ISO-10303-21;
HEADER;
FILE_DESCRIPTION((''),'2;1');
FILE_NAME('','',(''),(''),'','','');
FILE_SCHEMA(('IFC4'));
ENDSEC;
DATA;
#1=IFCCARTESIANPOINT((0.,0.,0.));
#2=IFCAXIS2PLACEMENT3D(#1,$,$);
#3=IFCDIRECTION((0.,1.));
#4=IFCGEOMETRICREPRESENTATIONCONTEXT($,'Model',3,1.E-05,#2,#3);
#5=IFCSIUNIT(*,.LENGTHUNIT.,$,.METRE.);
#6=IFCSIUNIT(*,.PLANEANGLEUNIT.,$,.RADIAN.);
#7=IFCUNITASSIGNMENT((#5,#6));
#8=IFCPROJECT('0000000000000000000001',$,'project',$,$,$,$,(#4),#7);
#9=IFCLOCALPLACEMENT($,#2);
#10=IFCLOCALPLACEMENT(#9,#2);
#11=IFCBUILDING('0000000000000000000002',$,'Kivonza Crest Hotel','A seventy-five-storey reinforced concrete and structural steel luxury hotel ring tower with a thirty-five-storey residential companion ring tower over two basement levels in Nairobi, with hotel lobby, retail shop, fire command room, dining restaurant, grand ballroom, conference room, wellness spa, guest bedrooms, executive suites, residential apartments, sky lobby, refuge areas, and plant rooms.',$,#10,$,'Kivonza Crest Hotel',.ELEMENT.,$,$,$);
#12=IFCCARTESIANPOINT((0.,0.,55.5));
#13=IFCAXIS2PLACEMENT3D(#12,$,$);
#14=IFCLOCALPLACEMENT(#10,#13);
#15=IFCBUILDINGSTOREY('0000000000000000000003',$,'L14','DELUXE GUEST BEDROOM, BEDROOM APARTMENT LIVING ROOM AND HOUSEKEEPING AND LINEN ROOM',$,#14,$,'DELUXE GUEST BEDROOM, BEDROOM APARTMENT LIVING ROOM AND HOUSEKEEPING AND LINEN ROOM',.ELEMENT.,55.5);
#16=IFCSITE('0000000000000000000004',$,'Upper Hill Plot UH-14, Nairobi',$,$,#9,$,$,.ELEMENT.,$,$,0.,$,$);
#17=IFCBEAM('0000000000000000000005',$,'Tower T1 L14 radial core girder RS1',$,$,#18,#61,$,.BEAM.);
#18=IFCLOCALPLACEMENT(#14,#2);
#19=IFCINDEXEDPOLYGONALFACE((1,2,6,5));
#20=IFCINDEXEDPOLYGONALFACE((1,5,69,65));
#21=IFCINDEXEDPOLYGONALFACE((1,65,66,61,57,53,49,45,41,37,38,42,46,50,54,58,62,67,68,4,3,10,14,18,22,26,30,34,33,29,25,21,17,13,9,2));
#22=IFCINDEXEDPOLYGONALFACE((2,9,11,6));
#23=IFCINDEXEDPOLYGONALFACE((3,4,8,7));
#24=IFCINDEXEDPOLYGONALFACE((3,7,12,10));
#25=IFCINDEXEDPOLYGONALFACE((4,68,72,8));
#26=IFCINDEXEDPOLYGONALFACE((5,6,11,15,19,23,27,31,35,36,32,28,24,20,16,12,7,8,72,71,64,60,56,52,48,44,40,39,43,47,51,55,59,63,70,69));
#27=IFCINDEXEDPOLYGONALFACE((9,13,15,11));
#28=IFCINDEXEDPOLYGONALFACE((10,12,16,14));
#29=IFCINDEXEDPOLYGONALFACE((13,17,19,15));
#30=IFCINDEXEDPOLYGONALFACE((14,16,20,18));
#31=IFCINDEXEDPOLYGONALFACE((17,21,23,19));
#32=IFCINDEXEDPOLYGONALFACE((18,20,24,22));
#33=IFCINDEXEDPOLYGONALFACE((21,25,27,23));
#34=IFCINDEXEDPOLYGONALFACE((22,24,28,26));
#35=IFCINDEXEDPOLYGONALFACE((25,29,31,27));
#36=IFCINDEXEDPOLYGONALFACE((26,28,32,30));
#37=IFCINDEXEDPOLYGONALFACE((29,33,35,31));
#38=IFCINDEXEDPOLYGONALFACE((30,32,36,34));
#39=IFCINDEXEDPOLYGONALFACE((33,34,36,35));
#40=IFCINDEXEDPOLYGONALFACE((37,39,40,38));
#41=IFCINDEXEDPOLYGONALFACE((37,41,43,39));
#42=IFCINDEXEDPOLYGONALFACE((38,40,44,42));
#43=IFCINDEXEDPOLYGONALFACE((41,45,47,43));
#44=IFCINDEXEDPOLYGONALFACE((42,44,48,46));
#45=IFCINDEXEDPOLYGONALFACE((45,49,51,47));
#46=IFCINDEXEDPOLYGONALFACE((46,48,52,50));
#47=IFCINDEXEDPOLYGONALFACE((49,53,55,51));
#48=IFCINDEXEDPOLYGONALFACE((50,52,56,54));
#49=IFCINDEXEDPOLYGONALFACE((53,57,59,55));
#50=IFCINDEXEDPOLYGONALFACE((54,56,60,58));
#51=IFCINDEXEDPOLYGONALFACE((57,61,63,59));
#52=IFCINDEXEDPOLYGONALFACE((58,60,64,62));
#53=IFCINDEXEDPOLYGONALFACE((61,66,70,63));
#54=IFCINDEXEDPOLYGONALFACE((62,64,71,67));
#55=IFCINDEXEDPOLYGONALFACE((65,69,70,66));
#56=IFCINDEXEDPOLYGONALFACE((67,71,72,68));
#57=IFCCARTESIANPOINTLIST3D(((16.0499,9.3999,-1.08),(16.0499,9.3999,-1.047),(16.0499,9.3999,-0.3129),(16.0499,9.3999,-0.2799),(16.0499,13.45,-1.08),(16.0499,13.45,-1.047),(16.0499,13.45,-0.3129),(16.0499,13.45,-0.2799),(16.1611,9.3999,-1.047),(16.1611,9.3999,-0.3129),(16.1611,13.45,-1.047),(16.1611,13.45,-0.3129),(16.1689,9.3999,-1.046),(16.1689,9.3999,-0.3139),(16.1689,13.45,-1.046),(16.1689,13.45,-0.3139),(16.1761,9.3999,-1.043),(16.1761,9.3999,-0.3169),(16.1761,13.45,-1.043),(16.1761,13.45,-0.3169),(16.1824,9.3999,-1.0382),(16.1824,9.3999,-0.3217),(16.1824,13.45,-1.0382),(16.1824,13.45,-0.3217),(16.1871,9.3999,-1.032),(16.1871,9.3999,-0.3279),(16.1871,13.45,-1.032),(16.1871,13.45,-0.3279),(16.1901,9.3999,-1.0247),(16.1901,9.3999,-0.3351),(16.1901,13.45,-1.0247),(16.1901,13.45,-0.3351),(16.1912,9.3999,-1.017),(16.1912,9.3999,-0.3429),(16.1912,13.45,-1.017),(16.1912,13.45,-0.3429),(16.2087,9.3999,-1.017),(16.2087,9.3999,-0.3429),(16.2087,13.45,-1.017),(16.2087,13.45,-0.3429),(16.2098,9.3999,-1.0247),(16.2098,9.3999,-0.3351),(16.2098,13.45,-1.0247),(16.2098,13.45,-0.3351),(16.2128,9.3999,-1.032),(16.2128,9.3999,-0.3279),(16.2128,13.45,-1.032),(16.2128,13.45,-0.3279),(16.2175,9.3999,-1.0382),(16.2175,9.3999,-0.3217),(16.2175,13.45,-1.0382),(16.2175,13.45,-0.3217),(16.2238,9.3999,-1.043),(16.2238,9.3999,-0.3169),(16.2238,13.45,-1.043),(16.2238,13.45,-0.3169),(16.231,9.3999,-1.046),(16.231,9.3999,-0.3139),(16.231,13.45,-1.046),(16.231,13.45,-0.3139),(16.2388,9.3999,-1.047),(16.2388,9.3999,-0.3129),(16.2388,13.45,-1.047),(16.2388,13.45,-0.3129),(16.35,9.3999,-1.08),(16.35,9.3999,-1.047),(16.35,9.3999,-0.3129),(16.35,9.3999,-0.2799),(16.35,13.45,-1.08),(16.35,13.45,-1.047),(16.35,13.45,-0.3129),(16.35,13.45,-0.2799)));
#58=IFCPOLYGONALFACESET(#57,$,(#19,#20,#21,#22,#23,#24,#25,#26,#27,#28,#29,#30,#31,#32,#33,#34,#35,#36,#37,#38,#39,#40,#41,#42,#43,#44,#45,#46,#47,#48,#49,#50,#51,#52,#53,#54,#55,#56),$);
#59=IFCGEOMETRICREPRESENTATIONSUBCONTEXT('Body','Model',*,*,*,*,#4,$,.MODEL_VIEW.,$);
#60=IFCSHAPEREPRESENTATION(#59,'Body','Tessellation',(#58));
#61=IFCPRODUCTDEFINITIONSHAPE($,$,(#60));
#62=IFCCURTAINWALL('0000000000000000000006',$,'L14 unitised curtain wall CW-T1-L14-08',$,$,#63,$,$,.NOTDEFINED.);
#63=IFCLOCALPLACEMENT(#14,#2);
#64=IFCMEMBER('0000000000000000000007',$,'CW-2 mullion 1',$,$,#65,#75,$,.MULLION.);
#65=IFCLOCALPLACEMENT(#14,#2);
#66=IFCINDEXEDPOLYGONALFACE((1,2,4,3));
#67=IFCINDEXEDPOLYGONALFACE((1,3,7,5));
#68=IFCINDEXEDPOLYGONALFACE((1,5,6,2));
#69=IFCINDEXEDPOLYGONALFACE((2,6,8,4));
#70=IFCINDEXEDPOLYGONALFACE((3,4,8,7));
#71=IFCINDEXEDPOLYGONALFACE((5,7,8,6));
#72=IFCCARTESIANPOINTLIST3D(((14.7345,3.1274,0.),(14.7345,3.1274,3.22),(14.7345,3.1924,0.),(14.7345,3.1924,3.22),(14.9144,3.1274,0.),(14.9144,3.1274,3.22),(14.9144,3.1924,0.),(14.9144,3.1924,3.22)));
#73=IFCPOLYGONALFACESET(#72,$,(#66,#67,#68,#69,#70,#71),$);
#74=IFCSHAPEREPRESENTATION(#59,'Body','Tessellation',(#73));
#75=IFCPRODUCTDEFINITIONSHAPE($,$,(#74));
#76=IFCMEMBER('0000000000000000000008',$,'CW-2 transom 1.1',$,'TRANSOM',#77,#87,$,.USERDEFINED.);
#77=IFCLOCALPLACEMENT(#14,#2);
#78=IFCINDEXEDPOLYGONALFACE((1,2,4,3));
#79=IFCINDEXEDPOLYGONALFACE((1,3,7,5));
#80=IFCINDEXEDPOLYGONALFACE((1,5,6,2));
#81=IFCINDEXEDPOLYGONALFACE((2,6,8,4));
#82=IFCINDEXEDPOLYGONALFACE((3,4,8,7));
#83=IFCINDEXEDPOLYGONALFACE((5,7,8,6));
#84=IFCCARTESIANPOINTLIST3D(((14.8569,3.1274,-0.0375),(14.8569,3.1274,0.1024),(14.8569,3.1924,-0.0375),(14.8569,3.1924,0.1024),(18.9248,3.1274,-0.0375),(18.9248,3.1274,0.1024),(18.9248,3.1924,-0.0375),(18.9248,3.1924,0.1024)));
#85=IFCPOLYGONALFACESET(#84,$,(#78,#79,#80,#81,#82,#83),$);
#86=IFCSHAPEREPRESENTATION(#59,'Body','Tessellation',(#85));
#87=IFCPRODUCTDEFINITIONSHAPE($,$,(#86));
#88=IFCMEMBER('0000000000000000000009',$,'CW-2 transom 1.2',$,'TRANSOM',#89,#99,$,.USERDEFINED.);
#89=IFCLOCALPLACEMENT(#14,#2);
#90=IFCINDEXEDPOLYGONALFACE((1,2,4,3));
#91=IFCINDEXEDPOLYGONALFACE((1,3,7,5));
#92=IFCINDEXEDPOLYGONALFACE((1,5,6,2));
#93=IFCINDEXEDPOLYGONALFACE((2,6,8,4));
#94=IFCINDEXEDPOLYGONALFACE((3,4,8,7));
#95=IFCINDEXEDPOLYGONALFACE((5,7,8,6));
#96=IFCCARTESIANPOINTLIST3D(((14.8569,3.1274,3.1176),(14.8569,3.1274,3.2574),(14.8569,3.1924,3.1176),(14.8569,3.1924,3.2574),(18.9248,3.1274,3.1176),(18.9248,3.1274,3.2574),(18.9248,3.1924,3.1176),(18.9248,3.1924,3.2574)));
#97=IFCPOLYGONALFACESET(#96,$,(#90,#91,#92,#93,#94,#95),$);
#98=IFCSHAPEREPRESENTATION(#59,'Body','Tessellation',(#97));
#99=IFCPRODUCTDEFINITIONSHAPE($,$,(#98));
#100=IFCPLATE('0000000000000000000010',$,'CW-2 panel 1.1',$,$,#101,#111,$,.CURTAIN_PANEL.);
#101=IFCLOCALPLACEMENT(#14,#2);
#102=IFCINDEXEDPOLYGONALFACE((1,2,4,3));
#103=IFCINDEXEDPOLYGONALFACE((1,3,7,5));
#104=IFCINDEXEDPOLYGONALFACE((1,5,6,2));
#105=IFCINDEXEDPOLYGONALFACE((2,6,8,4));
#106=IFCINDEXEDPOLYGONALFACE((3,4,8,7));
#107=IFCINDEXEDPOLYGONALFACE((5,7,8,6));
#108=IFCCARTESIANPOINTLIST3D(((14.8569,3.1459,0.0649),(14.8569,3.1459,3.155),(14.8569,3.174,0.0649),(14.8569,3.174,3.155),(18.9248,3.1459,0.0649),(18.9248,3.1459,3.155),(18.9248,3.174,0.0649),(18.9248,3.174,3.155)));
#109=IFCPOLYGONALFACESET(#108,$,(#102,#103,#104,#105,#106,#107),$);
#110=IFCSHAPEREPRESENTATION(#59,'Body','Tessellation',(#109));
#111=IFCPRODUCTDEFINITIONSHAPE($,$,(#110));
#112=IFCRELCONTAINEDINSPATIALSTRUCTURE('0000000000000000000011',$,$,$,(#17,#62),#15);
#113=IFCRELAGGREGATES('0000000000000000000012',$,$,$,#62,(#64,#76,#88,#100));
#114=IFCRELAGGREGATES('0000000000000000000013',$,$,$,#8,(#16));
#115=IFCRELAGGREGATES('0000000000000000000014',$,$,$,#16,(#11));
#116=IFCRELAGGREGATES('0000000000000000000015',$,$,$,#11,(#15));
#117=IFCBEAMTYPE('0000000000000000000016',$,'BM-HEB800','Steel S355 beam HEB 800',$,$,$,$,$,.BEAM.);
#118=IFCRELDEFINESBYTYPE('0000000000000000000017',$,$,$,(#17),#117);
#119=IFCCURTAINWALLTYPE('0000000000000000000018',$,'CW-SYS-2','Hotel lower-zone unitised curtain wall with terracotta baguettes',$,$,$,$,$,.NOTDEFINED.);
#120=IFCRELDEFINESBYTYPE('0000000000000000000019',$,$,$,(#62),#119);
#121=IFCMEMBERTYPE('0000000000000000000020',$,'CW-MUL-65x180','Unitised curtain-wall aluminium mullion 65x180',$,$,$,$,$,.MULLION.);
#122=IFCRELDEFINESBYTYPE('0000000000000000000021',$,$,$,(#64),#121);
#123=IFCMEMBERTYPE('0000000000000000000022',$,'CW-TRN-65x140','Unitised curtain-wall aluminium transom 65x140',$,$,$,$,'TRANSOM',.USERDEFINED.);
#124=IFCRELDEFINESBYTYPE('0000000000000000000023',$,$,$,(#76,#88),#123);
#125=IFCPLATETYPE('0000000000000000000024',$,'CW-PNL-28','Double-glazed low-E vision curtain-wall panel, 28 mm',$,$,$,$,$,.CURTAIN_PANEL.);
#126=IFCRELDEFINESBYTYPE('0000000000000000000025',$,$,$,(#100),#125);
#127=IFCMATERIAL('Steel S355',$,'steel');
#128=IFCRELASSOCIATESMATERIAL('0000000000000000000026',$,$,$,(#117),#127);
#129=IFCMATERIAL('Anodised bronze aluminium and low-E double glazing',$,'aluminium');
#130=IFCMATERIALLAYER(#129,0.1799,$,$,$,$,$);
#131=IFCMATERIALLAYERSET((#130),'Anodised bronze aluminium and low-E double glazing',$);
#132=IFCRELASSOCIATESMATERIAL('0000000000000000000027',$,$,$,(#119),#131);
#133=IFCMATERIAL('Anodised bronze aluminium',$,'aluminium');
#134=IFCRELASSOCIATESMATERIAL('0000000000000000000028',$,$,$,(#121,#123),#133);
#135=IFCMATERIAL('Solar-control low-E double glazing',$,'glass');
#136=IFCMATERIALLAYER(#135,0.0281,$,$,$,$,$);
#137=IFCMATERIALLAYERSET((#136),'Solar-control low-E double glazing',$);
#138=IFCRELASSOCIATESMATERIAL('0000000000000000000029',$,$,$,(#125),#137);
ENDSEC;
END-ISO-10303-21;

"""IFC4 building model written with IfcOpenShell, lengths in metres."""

from ifc_helpers import new_model, si_unit, direction, frame, origin, origin_2d, place, context, subcontext, project, spatial, rectangle, i_section, extrude, material, layer, layer_set, material_profile, profile_set, type_object, element, aggregate, save


model = new_model("IFC4")

# Units and contexts
model_context = context("Model", 3, precision=1e-05, world=origin(), true_north=direction((0.0, 1.0)))
body_context = subcontext(model_context, "Body", "Model", "MODEL_VIEW")
ifc_project = project(units=[si_unit("LENGTHUNIT", "METRE"), si_unit("PLANEANGLEUNIT", "RADIAN")], contexts=[model_context])

# Site, building, storey
site_placement = place(None, origin())
site = spatial("IfcSite", under=ifc_project, at=site_placement, Name="Upper Hill Plot UH-14, Nairobi", CompositionType="ELEMENT", RefElevation=0.0)
building_placement = place(site_placement, origin())
building = spatial("IfcBuilding", under=site, at=building_placement, Name="Kivonza Crest Hotel", Description="A seventy-five-storey reinforced concrete and structural steel luxury hotel ring tower with a thirty-five-storey residential companion ring tower over two basement levels in Nairobi, with hotel lobby, retail shop, fire command room, dining restaurant, grand ballroom, conference room, wellness spa, guest bedrooms, executive suites, residential apartments, sky lobby, refuge areas, and plant rooms.", LongName="Kivonza Crest Hotel", CompositionType="ELEMENT")
storey_placement = place(building_placement, frame((0.0, 0.0, 55.5)))
storey = spatial("IfcBuildingStorey", under=building, at=storey_placement, Name="L14", Description="DELUXE GUEST BEDROOM, BEDROOM APARTMENT LIVING ROOM AND HOUSEKEEPING AND LINEN ROOM", LongName="DELUXE GUEST BEDROOM, BEDROOM APARTMENT LIVING ROOM AND HOUSEKEEPING AND LINEN ROOM", CompositionType="ELEMENT", Elevation=55.5)

# Beam
ifc_material_1 = material(Name="Steel S355", Category="steel")
ifc_material_profile_1 = material_profile(ifc_material_1, i_section(OverallWidth=0.3, OverallDepth=0.8, WebThickness=0.0176, FlangeThickness=0.033, FilletRadius=0.03, at=origin_2d()), Name="HEB 800")
ifc_profile_set_1 = profile_set([ifc_material_profile_1], Name="Steel S355")
beam_type_1 = type_object("IfcBeamType", Name="BM-HEB800", Description="Steel S355 beam HEB 800", PredefinedType="BEAM", material=ifc_profile_set_1)
beam_1_placement = place(storey_placement, frame((16.2, 9.3999, -0.6799), z_axis=(0.0, 1.0, 0.0), x_axis=(-1.0, 0.0, 0.0)))
element("IfcBeam", 1, at=beam_1_placement, inside=storey, type_object=beam_type_1, Name="Tower T1 L14 radial core girder RS1", PredefinedType="BEAM", context=body_context, shape_type="SweptSolid", body=[
    extrude(i_section(OverallWidth=0.3, OverallDepth=0.8, WebThickness=0.0176, FlangeThickness=0.033, FilletRadius=0.03, at=origin_2d()), origin(), (0.0, 0.0, 1.0), 4.05),
])

# Curtain wall, members, plate
ifc_material_2 = material(Name="Anodised bronze aluminium and low-E double glazing", Category="aluminium")
ifc_layer_1 = layer(ifc_material_2, 0.1799)
ifc_layer_set_1 = layer_set([ifc_layer_1], Name="Anodised bronze aluminium and low-E double glazing")
curtain_wall_type = type_object("IfcCurtainWallType", Name="CW-SYS-2", Description="Hotel lower-zone unitised curtain wall with terracotta baguettes", PredefinedType="NOTDEFINED", material=ifc_layer_set_1)
curtain_wall_placement = place(storey_placement, origin())
curtain_wall = element("IfcCurtainWall", 2, at=curtain_wall_placement, inside=storey, type_object=curtain_wall_type, Name="L14 unitised curtain wall CW-T1-L14-08", PredefinedType="NOTDEFINED")
ifc_material_3 = material(Name="Anodised bronze aluminium", Category="aluminium")
ifc_material_profile_2 = material_profile(ifc_material_3, rectangle(XDim=0.0649, YDim=0.1799, at=origin_2d()), Name="CW-M 65x180")
ifc_profile_set_2 = profile_set([ifc_material_profile_2], Name="Anodised bronze aluminium")
member_type_1 = type_object("IfcMemberType", Name="CW-MUL-65x180", Description="Unitised curtain-wall aluminium mullion 65x180", PredefinedType="MULLION", material=ifc_profile_set_2)
member_1_placement = place(storey_placement, frame((14.8245, 3.1599, 0.0), z_axis=(0.0, 0.0, 1.0), x_axis=(0.0, 1.0, 0.0)))
member_1 = element("IfcMember", 3, at=member_1_placement, type_object=member_type_1, Name="CW-2 mullion 1", PredefinedType="MULLION", context=body_context, shape_type="SweptSolid", body=[
    extrude(rectangle(XDim=0.0649, YDim=0.1799, at=origin_2d()), origin(), (0.0, 0.0, 1.0), 3.22),
])
ifc_material_profile_3 = material_profile(ifc_material_3, rectangle(XDim=0.0649, YDim=0.1399, at=origin_2d()), Name="CW-T 65x140")
ifc_profile_set_3 = profile_set([ifc_material_profile_3], Name="Anodised bronze aluminium")
member_type_2 = type_object("IfcMemberType", Name="CW-TRN-65x140", Description="Unitised curtain-wall aluminium transom 65x140", ElementType="TRANSOM", PredefinedType="USERDEFINED", material=ifc_profile_set_3)
member_2_placement = place(storey_placement, frame((14.8569, 3.1599, 0.0325), z_axis=(1.0, 0.0, 0.0), x_axis=(0.0, 1.0, 0.0)))
member_2 = element("IfcMember", 4, at=member_2_placement, type_object=member_type_2, Name="CW-2 transom 1.1", ObjectType="TRANSOM", PredefinedType="USERDEFINED", context=body_context, shape_type="SweptSolid", body=[
    extrude(rectangle(XDim=0.0649, YDim=0.1399, at=origin_2d()), origin(), (0.0, 0.0, 1.0), 4.0679),
])
member_3_placement = place(storey_placement, frame((14.8569, 3.1599, 3.1875), z_axis=(1.0, 0.0, 0.0), x_axis=(0.0, 1.0, 0.0)))
member_3 = element("IfcMember", 5, at=member_3_placement, type_object=member_type_2, Name="CW-2 transom 1.2", ObjectType="TRANSOM", PredefinedType="USERDEFINED", context=body_context, shape_type="SweptSolid", body=[
    extrude(rectangle(XDim=0.0649, YDim=0.1399, at=origin_2d()), origin(), (0.0, 0.0, 1.0), 4.0679),
])
ifc_material_4 = material(Name="Solar-control low-E double glazing", Category="glass")
ifc_layer_2 = layer(ifc_material_4, 0.0281)
ifc_layer_set_2 = layer_set([ifc_layer_2], Name="Solar-control low-E double glazing")
plate_type = type_object("IfcPlateType", Name="CW-PNL-28", Description="Double-glazed low-E vision curtain-wall panel, 28 mm", PredefinedType="CURTAIN_PANEL", material=ifc_layer_set_2)
plate_placement = place(storey_placement, frame((16.8909, 3.1599, 0.0649), z_axis=(0.0, 0.0, 1.0), x_axis=(1.0, 0.0, 0.0)))
plate = element("IfcPlate", 6, at=plate_placement, type_object=plate_type, Name="CW-2 panel 1.1", PredefinedType="CURTAIN_PANEL", context=body_context, shape_type="SweptSolid", body=[
    extrude(rectangle(XDim=4.0679, YDim=0.0281, at=origin_2d()), origin(), (0.0, 0.0, 1.0), 3.0901),
])
aggregate(curtain_wall, [member_1, member_2, member_3, plate])

save(model, "model.ifc")
